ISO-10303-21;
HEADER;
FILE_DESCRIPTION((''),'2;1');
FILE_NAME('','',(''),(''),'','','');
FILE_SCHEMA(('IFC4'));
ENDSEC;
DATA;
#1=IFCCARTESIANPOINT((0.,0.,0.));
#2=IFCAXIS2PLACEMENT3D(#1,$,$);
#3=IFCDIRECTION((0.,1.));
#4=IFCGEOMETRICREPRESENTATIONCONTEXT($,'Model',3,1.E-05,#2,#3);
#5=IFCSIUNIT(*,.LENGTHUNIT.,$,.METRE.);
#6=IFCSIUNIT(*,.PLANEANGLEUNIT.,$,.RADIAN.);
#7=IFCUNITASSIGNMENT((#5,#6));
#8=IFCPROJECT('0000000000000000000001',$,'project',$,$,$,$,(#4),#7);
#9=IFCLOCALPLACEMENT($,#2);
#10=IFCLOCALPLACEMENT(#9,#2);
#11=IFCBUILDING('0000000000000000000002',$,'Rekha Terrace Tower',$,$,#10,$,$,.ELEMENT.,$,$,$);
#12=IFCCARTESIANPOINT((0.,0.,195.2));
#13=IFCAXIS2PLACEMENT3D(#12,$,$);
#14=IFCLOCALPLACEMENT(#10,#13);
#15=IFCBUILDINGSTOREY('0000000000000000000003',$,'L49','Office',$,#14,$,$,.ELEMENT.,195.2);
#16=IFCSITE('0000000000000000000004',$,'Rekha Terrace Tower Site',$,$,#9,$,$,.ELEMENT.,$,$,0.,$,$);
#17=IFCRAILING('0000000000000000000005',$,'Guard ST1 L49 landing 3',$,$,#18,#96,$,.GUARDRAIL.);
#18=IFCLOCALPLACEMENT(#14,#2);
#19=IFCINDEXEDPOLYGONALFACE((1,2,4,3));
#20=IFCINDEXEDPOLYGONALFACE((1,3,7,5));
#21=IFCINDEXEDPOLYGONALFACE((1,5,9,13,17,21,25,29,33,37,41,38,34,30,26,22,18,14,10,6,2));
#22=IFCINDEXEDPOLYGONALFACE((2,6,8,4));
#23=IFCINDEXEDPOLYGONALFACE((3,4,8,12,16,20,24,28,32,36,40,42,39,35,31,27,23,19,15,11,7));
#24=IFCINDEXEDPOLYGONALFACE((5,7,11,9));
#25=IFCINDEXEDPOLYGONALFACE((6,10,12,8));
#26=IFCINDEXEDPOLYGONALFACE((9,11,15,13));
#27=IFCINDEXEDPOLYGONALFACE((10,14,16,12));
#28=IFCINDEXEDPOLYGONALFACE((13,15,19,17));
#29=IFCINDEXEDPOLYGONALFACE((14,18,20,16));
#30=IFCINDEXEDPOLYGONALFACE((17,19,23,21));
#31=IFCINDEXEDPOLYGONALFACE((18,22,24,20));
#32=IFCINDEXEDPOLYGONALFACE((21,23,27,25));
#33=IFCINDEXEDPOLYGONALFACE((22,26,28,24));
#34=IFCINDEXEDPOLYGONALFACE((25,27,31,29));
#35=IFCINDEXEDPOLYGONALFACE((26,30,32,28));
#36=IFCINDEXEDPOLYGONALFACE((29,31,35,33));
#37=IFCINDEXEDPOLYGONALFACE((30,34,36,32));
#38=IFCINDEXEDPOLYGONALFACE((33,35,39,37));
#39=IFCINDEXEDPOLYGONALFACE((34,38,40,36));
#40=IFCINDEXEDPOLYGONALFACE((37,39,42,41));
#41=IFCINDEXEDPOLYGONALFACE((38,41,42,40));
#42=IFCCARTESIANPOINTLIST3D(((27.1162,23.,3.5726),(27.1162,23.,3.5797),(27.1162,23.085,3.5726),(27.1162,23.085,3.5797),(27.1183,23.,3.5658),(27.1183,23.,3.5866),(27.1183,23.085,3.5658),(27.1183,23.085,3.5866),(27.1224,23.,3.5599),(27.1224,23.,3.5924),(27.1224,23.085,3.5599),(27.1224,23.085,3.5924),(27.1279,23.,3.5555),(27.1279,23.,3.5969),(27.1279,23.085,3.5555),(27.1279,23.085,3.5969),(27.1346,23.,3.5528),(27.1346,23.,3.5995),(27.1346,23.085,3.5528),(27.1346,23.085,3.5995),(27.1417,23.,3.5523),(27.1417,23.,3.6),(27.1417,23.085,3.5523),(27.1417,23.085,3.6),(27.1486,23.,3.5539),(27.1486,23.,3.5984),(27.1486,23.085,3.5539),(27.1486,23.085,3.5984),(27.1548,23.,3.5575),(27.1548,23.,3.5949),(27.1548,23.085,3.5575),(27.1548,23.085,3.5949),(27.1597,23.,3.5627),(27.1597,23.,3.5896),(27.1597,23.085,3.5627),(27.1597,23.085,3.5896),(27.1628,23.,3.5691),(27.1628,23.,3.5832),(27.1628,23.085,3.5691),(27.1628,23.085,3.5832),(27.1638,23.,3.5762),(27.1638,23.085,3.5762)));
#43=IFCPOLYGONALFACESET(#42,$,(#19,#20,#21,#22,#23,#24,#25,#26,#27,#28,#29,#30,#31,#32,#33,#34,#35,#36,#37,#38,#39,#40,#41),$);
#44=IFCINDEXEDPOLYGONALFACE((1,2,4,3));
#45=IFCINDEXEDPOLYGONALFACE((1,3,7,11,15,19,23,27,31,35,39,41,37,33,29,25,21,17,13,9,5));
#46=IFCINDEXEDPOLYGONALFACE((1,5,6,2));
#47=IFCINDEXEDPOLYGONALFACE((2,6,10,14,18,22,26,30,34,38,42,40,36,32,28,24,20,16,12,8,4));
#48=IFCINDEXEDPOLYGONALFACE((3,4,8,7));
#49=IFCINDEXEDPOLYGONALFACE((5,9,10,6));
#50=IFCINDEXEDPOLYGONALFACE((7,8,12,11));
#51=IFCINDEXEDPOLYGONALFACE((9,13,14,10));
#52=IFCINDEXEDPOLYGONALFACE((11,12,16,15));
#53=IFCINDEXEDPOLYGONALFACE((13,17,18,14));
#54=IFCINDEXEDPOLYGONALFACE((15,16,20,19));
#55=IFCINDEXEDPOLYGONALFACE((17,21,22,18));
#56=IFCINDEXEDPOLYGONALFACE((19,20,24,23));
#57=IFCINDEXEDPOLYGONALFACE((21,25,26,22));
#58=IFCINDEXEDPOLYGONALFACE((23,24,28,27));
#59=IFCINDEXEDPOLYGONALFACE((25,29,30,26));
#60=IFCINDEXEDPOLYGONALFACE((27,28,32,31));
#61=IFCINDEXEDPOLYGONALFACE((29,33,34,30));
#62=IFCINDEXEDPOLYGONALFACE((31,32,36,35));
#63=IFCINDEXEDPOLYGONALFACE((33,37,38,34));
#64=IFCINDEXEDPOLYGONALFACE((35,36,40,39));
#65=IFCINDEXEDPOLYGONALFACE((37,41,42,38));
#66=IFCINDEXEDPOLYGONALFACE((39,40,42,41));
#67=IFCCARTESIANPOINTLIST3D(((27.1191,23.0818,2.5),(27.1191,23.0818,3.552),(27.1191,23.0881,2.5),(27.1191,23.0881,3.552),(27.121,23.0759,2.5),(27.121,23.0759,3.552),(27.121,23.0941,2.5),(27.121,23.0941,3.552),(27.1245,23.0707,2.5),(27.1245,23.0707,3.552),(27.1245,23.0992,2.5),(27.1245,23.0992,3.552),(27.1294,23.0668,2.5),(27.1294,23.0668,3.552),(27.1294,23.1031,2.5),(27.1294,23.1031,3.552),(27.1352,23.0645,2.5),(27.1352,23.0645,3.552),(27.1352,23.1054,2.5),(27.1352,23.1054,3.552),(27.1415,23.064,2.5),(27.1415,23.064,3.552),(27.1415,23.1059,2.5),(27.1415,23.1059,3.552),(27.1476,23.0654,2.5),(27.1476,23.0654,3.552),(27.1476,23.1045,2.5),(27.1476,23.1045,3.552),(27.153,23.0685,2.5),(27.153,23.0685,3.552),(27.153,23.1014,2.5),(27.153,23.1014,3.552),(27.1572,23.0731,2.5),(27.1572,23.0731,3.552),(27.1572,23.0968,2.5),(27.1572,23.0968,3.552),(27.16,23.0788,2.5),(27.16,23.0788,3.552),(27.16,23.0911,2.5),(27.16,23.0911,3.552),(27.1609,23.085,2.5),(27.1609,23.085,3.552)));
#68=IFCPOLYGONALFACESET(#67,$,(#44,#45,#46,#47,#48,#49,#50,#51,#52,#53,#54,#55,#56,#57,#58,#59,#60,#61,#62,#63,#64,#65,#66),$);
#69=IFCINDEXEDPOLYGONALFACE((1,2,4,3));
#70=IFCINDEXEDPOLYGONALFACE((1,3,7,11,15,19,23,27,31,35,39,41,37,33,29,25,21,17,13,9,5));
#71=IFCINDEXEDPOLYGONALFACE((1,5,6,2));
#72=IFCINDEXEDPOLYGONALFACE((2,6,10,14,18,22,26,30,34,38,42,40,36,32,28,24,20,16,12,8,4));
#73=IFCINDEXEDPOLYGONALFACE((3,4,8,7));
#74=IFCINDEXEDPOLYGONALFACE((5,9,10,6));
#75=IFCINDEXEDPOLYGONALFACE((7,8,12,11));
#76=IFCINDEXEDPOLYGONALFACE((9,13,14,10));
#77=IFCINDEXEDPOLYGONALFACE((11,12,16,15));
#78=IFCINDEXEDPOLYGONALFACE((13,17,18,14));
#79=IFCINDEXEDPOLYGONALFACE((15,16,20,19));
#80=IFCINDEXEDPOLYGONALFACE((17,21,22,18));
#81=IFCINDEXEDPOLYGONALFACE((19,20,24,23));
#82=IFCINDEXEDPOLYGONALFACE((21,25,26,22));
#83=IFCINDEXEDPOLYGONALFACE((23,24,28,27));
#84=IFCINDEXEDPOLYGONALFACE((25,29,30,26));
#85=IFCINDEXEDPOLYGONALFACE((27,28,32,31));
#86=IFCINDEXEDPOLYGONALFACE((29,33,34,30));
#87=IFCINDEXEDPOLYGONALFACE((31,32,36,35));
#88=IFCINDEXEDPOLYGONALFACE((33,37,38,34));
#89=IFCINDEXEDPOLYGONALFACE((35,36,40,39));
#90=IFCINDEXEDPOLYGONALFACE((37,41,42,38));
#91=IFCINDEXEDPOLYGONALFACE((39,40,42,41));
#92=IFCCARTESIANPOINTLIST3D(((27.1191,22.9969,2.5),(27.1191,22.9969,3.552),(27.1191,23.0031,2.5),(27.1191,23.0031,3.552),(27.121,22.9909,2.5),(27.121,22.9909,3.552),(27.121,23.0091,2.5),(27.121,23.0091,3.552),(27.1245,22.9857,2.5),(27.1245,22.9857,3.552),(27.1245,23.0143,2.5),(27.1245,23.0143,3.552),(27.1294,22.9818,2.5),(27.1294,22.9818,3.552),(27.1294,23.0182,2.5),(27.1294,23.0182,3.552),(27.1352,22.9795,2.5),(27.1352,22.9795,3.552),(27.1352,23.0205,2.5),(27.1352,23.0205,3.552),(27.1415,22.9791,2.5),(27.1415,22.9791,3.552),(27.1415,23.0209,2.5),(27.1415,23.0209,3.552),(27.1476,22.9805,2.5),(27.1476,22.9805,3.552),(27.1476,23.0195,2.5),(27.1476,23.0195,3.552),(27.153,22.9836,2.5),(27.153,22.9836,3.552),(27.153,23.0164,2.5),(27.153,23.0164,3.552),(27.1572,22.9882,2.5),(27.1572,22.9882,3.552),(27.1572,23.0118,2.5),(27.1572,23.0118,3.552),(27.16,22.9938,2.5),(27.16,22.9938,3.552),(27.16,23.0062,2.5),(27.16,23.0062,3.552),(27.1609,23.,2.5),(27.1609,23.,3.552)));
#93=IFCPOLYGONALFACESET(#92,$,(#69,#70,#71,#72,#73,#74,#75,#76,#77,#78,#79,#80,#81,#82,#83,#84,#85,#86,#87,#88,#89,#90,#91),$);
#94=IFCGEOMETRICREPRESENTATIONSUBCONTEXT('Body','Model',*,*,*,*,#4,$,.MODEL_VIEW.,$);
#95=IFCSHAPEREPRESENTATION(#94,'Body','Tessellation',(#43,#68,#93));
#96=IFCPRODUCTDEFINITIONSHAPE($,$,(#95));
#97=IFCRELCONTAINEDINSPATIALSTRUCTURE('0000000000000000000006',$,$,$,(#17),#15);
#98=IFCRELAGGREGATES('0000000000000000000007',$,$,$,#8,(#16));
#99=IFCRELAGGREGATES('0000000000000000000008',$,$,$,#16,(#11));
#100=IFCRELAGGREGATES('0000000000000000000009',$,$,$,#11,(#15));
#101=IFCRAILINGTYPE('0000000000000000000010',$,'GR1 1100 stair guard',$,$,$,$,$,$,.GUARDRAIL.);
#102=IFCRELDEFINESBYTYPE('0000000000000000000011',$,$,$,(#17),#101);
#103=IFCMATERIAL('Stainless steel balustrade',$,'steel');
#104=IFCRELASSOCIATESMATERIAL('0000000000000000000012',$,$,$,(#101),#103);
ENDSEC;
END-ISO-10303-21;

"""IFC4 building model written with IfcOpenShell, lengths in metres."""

from ifc_helpers import new_model, si_unit, direction, frame, origin, origin_2d, place, context, subcontext, project, spatial, circle, extrude, material, type_object, element, save


model = new_model("IFC4")

# Units and contexts
model_context = context("Model", 3, precision=1e-05, world=origin(), true_north=direction((0.0, 1.0)))
body_context = subcontext(model_context, "Body", "Model", "MODEL_VIEW")
ifc_project = project(units=[si_unit("LENGTHUNIT", "METRE"), si_unit("PLANEANGLEUNIT", "RADIAN")], contexts=[model_context])

# Site, building, storey
site_placement = place(None, origin())
site = spatial("IfcSite", under=ifc_project, at=site_placement, Name="Rekha Terrace Tower Site", CompositionType="ELEMENT", RefElevation=0.0)
building_placement = place(site_placement, origin())
building = spatial("IfcBuilding", under=site, at=building_placement, Name="Rekha Terrace Tower", CompositionType="ELEMENT")
storey_placement = place(building_placement, frame((0.0, 0.0, 195.2)))
storey = spatial("IfcBuildingStorey", under=building, at=storey_placement, Name="L49", Description="Office", CompositionType="ELEMENT", Elevation=195.2)

# Railing
ifc_material_1 = material(Name="Stainless steel balustrade", Category="steel")
railing_type_1 = type_object("IfcRailingType", Name="GR1 1100 stair guard", PredefinedType="GUARDRAIL", material=ifc_material_1)
railing_1_placement = place(storey_placement, frame((27.1399, 23.085, 2.5)))
element("IfcRailing", 1, at=railing_1_placement, inside=storey, type_object=railing_type_1, Name="Guard ST1 L49 landing 3", PredefinedType="GUARDRAIL", context=body_context, shape_type="SweptSolid", body=[
    extrude(circle(Radius=0.0239, at=origin_2d()), frame((0.0, 0.0, 1.0762), z_axis=(0.0, -1.0, 0.0), x_axis=(1.0, 0.0, 0.0)), (0.0, 0.0, 1.0), 0.085),
    extrude(circle(Radius=0.021, at=origin_2d()), origin(), (0.0, 0.0, 1.0), 1.052),
    extrude(circle(Radius=0.021, at=origin_2d()), frame((0.0, -0.085, 0.0)), (0.0, 0.0, 1.0), 1.052),
])

save(model, "model.ifc")
